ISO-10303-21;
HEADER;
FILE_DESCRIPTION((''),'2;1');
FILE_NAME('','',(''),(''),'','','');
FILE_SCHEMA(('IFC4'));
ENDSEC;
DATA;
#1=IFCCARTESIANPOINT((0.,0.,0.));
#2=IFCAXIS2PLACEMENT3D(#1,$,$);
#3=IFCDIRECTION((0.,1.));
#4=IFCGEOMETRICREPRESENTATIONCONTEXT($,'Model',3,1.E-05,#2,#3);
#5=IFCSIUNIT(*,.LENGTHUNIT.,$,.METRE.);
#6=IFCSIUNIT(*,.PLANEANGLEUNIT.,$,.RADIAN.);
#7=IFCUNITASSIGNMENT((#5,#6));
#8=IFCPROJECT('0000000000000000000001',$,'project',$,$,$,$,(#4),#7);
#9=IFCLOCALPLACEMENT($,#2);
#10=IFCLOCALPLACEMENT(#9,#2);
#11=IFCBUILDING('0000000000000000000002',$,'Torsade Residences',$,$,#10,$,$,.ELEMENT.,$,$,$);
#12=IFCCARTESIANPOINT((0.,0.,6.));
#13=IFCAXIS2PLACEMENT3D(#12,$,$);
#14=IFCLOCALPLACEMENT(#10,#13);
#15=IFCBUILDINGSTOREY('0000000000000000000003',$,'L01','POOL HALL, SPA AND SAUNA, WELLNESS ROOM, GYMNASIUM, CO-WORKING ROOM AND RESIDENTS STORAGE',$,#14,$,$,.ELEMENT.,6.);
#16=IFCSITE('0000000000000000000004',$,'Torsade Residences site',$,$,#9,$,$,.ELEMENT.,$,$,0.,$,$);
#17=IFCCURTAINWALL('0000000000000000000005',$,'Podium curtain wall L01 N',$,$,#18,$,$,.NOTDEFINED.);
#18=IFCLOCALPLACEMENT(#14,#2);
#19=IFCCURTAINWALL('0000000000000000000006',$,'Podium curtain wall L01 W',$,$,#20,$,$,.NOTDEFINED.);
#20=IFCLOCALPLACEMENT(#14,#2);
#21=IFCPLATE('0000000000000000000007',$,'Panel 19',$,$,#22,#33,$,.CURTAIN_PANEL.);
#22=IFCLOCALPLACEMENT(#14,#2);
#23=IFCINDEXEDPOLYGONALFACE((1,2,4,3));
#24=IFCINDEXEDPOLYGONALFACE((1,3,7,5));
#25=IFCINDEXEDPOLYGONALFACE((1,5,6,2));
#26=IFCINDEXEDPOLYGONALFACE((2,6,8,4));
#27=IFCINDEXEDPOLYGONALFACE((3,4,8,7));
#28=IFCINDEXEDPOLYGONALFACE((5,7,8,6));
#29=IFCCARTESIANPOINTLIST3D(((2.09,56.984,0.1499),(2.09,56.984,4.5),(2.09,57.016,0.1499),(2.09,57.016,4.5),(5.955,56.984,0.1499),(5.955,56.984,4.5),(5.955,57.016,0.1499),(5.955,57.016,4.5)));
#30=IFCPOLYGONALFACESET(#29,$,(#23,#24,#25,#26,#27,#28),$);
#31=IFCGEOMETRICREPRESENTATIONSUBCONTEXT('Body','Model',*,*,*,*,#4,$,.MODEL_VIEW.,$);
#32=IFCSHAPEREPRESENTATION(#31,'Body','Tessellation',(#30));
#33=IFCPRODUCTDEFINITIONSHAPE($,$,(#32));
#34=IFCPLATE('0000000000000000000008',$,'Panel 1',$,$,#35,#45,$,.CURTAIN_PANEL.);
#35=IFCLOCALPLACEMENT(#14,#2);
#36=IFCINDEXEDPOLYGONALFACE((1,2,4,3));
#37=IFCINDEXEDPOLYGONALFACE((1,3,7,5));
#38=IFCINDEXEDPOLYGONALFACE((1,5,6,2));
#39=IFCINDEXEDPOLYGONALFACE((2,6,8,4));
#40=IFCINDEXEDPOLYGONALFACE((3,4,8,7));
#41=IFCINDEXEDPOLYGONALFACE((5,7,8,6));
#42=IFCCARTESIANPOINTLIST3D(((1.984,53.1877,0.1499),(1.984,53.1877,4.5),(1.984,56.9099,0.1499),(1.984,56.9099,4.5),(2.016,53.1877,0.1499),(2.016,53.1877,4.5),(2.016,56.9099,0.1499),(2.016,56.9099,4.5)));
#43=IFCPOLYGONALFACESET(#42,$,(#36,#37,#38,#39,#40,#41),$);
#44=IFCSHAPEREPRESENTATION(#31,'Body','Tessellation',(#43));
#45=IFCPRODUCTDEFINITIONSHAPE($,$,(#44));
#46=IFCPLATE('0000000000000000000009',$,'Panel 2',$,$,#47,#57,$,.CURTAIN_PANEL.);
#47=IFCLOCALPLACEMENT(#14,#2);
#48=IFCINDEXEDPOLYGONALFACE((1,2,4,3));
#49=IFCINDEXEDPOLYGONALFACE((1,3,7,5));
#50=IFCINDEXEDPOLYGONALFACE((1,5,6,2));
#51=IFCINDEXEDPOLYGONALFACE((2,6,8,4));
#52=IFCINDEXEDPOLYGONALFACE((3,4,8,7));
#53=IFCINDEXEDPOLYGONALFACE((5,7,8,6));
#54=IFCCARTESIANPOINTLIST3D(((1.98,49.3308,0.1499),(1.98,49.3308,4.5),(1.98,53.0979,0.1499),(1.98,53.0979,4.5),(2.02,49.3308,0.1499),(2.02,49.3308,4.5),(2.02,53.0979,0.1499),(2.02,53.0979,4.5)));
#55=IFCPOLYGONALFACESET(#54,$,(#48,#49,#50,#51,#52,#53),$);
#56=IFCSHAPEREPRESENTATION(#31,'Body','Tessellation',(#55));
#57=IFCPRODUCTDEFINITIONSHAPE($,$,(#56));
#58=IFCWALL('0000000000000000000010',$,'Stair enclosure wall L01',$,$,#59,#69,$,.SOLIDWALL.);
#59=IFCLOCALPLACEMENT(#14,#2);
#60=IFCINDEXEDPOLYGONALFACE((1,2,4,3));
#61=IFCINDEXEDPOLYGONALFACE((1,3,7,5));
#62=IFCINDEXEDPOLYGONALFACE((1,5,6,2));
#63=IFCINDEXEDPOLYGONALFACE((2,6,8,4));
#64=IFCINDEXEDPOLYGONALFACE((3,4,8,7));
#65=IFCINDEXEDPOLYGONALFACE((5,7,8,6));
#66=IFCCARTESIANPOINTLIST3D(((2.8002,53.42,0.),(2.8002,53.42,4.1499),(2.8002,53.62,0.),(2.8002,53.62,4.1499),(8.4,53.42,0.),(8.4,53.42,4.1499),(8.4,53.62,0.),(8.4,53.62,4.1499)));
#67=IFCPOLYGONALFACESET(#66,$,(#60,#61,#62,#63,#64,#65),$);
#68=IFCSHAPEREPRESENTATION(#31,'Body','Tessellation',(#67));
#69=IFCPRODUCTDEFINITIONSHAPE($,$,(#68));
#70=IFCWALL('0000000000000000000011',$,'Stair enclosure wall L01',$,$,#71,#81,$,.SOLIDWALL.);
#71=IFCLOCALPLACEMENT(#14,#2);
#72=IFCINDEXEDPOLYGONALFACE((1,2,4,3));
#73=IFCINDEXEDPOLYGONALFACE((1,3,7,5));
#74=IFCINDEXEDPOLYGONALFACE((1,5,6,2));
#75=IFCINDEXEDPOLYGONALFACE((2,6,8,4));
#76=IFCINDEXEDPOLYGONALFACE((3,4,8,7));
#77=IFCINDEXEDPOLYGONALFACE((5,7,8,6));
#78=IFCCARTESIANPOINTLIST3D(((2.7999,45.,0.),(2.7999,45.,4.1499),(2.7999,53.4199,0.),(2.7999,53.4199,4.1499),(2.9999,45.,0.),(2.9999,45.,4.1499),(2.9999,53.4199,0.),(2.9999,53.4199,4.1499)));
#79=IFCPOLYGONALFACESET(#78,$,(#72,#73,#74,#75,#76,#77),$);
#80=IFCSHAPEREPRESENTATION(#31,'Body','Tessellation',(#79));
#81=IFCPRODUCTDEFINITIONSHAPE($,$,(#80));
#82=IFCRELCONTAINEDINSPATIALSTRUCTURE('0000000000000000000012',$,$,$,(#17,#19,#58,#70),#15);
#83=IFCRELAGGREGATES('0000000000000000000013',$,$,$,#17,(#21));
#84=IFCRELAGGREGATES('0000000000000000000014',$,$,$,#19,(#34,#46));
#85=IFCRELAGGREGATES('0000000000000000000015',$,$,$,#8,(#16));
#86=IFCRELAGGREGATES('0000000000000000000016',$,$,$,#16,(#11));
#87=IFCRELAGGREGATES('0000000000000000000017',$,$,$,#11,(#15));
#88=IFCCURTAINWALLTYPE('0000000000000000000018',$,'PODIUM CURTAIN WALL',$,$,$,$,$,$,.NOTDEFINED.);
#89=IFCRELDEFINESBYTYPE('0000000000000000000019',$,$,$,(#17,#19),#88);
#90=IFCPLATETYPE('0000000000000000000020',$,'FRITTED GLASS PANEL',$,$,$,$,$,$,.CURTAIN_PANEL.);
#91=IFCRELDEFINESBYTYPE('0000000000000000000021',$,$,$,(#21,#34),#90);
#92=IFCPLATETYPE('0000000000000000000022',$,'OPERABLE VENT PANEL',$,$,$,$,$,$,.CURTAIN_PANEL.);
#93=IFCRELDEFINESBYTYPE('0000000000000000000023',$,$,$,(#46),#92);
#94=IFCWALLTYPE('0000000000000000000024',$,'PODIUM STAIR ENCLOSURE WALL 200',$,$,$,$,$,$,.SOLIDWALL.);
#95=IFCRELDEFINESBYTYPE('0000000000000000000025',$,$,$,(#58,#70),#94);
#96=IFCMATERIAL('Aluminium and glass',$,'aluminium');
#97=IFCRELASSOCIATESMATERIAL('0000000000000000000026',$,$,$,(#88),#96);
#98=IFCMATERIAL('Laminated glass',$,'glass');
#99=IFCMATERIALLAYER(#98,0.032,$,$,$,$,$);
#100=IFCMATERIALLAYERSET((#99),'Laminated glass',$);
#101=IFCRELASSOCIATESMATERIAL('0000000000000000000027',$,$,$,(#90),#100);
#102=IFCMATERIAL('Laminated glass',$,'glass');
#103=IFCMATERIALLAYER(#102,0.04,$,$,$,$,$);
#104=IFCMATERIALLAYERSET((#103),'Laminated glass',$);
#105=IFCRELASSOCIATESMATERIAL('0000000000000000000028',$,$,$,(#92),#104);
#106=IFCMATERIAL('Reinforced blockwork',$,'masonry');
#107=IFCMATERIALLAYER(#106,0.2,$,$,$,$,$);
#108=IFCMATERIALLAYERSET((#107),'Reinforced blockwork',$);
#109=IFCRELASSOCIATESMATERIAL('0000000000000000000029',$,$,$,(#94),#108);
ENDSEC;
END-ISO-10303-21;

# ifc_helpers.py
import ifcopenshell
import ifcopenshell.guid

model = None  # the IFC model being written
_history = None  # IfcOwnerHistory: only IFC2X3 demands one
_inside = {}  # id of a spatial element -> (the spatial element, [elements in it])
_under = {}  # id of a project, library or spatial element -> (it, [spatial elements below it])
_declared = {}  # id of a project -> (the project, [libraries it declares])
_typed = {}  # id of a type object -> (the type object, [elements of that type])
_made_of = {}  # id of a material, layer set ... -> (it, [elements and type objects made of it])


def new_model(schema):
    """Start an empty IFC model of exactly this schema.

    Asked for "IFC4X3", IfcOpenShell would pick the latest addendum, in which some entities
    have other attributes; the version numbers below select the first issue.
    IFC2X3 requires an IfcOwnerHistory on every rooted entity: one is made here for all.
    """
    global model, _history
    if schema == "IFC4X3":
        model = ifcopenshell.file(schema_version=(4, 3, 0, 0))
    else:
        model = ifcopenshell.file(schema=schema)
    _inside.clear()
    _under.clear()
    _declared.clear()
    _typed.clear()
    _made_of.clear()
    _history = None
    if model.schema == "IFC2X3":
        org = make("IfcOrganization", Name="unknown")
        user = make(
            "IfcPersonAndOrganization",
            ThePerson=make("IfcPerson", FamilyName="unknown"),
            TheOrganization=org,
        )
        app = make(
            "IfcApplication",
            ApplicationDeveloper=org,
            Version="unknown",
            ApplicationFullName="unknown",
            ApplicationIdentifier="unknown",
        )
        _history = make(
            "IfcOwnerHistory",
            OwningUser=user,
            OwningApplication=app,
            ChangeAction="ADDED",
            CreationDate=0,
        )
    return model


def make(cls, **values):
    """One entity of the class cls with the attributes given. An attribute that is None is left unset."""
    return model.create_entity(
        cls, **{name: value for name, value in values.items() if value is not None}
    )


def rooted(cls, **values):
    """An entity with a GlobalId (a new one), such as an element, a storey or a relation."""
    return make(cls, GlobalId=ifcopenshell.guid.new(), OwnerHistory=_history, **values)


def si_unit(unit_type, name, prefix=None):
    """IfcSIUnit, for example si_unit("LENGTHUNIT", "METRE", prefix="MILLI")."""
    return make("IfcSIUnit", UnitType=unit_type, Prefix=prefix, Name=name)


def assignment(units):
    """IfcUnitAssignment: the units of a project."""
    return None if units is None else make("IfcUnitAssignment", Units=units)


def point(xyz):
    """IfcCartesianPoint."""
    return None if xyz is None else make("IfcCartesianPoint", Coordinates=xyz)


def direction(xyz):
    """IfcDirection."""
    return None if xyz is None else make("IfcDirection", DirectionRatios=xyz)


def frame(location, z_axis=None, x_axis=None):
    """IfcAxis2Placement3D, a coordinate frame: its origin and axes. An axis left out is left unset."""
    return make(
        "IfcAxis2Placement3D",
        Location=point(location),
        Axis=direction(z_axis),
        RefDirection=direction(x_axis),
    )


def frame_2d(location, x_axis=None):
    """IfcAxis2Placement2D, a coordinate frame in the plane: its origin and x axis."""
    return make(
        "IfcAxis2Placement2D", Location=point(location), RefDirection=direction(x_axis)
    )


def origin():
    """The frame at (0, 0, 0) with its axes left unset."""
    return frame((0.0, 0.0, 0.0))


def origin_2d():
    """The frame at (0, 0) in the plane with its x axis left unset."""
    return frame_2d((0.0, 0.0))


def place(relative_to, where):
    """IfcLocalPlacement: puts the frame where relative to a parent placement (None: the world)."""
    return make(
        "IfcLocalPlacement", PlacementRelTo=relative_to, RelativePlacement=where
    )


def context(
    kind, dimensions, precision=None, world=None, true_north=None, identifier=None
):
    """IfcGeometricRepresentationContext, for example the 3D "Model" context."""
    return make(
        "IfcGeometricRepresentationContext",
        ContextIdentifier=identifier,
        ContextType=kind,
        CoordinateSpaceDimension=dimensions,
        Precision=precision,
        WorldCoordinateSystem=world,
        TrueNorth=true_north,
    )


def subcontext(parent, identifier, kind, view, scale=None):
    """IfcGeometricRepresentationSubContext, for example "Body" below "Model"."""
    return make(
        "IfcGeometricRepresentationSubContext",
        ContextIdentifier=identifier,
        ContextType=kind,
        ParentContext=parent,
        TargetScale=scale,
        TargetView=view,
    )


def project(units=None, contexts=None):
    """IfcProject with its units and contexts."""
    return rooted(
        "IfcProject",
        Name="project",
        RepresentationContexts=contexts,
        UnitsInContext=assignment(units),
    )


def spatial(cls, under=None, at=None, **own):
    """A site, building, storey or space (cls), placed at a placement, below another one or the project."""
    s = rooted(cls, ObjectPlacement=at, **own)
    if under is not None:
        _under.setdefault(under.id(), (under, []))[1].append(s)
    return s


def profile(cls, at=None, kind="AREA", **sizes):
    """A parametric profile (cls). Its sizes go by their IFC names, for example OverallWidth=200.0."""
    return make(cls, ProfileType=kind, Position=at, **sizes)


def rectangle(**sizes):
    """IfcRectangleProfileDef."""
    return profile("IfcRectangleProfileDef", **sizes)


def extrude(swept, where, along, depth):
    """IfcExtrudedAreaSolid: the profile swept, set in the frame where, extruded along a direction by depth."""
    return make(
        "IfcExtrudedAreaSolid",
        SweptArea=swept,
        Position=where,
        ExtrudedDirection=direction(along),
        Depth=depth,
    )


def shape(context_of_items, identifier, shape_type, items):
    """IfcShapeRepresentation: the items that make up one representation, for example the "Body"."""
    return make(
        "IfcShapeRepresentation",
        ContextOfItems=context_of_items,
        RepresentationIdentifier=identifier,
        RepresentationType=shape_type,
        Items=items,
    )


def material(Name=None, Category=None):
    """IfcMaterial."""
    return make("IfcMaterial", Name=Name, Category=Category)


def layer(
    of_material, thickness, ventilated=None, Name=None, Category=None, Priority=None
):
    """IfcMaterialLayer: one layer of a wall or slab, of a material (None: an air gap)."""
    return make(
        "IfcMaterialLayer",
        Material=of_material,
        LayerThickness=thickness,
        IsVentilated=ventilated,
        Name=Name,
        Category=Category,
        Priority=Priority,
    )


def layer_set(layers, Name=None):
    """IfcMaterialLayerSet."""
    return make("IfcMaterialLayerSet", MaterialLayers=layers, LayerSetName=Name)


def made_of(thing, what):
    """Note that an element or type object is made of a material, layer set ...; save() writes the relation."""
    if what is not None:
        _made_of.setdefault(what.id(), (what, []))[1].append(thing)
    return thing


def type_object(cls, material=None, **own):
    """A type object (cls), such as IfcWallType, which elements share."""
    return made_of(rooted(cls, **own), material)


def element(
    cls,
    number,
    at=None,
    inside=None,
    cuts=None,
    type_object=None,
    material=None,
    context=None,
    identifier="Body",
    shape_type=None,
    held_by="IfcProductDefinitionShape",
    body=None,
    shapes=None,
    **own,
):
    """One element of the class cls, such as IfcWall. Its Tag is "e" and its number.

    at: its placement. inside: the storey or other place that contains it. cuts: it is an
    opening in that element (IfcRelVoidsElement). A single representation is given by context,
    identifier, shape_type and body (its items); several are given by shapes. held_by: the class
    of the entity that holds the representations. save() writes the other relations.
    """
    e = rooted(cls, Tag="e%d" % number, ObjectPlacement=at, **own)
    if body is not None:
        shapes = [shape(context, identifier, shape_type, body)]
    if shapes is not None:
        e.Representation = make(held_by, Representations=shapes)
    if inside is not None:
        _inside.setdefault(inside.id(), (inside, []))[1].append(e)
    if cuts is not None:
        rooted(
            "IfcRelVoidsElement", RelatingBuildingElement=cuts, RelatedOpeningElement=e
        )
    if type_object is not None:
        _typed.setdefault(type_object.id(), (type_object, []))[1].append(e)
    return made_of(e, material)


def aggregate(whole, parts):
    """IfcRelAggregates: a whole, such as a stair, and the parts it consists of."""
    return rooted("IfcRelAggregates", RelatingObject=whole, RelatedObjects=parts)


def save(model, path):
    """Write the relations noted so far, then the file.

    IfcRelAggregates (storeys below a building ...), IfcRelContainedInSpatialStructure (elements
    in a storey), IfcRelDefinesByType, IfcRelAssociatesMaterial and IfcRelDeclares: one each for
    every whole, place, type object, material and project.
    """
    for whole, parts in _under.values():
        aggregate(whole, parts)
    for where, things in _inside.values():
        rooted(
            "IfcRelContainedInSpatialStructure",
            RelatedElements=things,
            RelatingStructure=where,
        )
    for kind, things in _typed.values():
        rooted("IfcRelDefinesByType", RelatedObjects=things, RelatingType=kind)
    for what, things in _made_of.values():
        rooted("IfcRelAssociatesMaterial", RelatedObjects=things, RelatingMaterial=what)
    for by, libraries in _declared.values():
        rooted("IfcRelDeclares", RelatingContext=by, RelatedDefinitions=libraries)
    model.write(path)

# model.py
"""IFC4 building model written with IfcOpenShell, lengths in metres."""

from ifc_helpers import new_model, si_unit, direction, frame, frame_2d, origin, origin_2d, place, context, subcontext, project, spatial, rectangle, extrude, material, layer, layer_set, type_object, element, aggregate, save


model = new_model("IFC4")

# Units and contexts
model_context = context("Model", 3, precision=1e-05, world=origin(), true_north=direction((0.0, 1.0)))
body_context = subcontext(model_context, "Body", "Model", "MODEL_VIEW")
ifc_project = project(units=[si_unit("LENGTHUNIT", "METRE"), si_unit("PLANEANGLEUNIT", "RADIAN")], contexts=[model_context])

# Site, building, storey
site_placement = place(None, origin())
site = spatial("IfcSite", under=ifc_project, at=site_placement, Name="Torsade Residences site", CompositionType="ELEMENT", RefElevation=0.0)
building_placement = place(site_placement, origin())
building = spatial("IfcBuilding", under=site, at=building_placement, Name="Torsade Residences", CompositionType="ELEMENT")
storey_placement = place(building_placement, frame((0.0, 0.0, 6.0)))
storey = spatial("IfcBuildingStorey", under=building, at=storey_placement, Name="L01", Description="POOL HALL, SPA AND SAUNA, WELLNESS ROOM, GYMNASIUM, CO-WORKING ROOM AND RESIDENTS STORAGE", CompositionType="ELEMENT", Elevation=6.0)

# Curtain walls
ifc_material_1 = material(Name="Aluminium and glass", Category="aluminium")
curtain_wall_type = type_object("IfcCurtainWallType", Name="PODIUM CURTAIN WALL", PredefinedType="NOTDEFINED", material=ifc_material_1)
curtain_wall_1_placement = place(storey_placement, origin())
curtain_wall_1 = element("IfcCurtainWall", 1, at=curtain_wall_1_placement, inside=storey, type_object=curtain_wall_type, Name="Podium curtain wall L01 N", PredefinedType="NOTDEFINED")
curtain_wall_2_placement = place(storey_placement, origin())
curtain_wall_2 = element("IfcCurtainWall", 2, at=curtain_wall_2_placement, inside=storey, type_object=curtain_wall_type, Name="Podium curtain wall L01 W", PredefinedType="NOTDEFINED")

# Plates
ifc_material_2 = material(Name="Laminated glass", Category="glass")
ifc_layer_1 = layer(ifc_material_2, 0.032)
ifc_layer_set_1 = layer_set([ifc_layer_1], Name="Laminated glass")
plate_type_1 = type_object("IfcPlateType", Name="FRITTED GLASS PANEL", PredefinedType="CURTAIN_PANEL", material=ifc_layer_set_1)
plate_1_placement = place(storey_placement, frame((4.0225, 57.0, 0.1499), z_axis=(0.0, 0.0, 1.0), x_axis=(-1.0, 0.0, 0.0)))
plate_1 = element("IfcPlate", 3, at=plate_1_placement, type_object=plate_type_1, Name="Panel 19", PredefinedType="CURTAIN_PANEL", context=body_context, shape_type="SweptSolid", body=[
    extrude(rectangle(XDim=3.865, YDim=0.032, at=origin_2d()), origin(), (0.0, 0.0, 1.0), 4.3501),
])
aggregate(curtain_wall_1, [plate_1])
plate_2_placement = place(storey_placement, frame((2.0, 55.0488, 0.1499), z_axis=(0.0, 0.0, 1.0), x_axis=(0.0, -1.0, 0.0)))
plate_2 = element("IfcPlate", 4, at=plate_2_placement, type_object=plate_type_1, Name="Panel 1", PredefinedType="CURTAIN_PANEL", context=body_context, shape_type="SweptSolid", body=[
    extrude(rectangle(XDim=3.7222, YDim=0.032, at=origin_2d()), origin(), (0.0, 0.0, 1.0), 4.3501),
])
ifc_material_3 = material(Name="Laminated glass", Category="glass")
ifc_layer_2 = layer(ifc_material_3, 0.04)
ifc_layer_set_2 = layer_set([ifc_layer_2], Name="Laminated glass")
plate_type_2 = type_object("IfcPlateType", Name="OPERABLE VENT PANEL", PredefinedType="CURTAIN_PANEL", material=ifc_layer_set_2)
plate_3_placement = place(storey_placement, frame((2.0, 51.2144, 0.1499), z_axis=(0.0, 0.0, 1.0), x_axis=(0.0, -1.0, 0.0)))
plate_3 = element("IfcPlate", 5, at=plate_3_placement, type_object=plate_type_2, Name="Panel 2", PredefinedType="CURTAIN_PANEL", context=body_context, shape_type="SweptSolid", body=[
    extrude(rectangle(XDim=3.7671, YDim=0.04, at=origin_2d()), origin(), (0.0, 0.0, 1.0), 4.3501),
])
aggregate(curtain_wall_2, [plate_2, plate_3])

# Walls
ifc_material_4 = material(Name="Reinforced blockwork", Category="masonry")
ifc_layer_3 = layer(ifc_material_4, 0.2)
ifc_layer_set_3 = layer_set([ifc_layer_3], Name="Reinforced blockwork")
wall_type = type_object("IfcWallType", Name="PODIUM STAIR ENCLOSURE WALL 200", PredefinedType="SOLIDWALL", material=ifc_layer_set_3)
wall_1_placement = place(storey_placement, frame((8.3999, 53.52, 0.0), z_axis=(0.0, 0.0, 1.0), x_axis=(-1.0, 0.0, 0.0)))
element("IfcWall", 6, at=wall_1_placement, inside=storey, type_object=wall_type, Name="Stair enclosure wall L01", PredefinedType="SOLIDWALL", context=body_context, shape_type="SweptSolid", body=[
    extrude(rectangle(XDim=5.5999, YDim=0.2, at=frame_2d((2.7998, 0.0))), origin(), (0.0, 0.0, 1.0), 4.1499),
])
wall_2_placement = place(storey_placement, frame((2.8999, 53.4199, 0.0), z_axis=(0.0, 0.0, 1.0), x_axis=(0.0, -1.0, 0.0)))
element("IfcWall", 7, at=wall_2_placement, inside=storey, type_object=wall_type, Name="Stair enclosure wall L01", PredefinedType="SOLIDWALL", context=body_context, shape_type="SweptSolid", body=[
    extrude(rectangle(XDim=8.4199, YDim=0.2, at=frame_2d((4.21, 0.0))), origin(), (0.0, 0.0, 1.0), 4.1499),
])

save(model, "model.ifc")
